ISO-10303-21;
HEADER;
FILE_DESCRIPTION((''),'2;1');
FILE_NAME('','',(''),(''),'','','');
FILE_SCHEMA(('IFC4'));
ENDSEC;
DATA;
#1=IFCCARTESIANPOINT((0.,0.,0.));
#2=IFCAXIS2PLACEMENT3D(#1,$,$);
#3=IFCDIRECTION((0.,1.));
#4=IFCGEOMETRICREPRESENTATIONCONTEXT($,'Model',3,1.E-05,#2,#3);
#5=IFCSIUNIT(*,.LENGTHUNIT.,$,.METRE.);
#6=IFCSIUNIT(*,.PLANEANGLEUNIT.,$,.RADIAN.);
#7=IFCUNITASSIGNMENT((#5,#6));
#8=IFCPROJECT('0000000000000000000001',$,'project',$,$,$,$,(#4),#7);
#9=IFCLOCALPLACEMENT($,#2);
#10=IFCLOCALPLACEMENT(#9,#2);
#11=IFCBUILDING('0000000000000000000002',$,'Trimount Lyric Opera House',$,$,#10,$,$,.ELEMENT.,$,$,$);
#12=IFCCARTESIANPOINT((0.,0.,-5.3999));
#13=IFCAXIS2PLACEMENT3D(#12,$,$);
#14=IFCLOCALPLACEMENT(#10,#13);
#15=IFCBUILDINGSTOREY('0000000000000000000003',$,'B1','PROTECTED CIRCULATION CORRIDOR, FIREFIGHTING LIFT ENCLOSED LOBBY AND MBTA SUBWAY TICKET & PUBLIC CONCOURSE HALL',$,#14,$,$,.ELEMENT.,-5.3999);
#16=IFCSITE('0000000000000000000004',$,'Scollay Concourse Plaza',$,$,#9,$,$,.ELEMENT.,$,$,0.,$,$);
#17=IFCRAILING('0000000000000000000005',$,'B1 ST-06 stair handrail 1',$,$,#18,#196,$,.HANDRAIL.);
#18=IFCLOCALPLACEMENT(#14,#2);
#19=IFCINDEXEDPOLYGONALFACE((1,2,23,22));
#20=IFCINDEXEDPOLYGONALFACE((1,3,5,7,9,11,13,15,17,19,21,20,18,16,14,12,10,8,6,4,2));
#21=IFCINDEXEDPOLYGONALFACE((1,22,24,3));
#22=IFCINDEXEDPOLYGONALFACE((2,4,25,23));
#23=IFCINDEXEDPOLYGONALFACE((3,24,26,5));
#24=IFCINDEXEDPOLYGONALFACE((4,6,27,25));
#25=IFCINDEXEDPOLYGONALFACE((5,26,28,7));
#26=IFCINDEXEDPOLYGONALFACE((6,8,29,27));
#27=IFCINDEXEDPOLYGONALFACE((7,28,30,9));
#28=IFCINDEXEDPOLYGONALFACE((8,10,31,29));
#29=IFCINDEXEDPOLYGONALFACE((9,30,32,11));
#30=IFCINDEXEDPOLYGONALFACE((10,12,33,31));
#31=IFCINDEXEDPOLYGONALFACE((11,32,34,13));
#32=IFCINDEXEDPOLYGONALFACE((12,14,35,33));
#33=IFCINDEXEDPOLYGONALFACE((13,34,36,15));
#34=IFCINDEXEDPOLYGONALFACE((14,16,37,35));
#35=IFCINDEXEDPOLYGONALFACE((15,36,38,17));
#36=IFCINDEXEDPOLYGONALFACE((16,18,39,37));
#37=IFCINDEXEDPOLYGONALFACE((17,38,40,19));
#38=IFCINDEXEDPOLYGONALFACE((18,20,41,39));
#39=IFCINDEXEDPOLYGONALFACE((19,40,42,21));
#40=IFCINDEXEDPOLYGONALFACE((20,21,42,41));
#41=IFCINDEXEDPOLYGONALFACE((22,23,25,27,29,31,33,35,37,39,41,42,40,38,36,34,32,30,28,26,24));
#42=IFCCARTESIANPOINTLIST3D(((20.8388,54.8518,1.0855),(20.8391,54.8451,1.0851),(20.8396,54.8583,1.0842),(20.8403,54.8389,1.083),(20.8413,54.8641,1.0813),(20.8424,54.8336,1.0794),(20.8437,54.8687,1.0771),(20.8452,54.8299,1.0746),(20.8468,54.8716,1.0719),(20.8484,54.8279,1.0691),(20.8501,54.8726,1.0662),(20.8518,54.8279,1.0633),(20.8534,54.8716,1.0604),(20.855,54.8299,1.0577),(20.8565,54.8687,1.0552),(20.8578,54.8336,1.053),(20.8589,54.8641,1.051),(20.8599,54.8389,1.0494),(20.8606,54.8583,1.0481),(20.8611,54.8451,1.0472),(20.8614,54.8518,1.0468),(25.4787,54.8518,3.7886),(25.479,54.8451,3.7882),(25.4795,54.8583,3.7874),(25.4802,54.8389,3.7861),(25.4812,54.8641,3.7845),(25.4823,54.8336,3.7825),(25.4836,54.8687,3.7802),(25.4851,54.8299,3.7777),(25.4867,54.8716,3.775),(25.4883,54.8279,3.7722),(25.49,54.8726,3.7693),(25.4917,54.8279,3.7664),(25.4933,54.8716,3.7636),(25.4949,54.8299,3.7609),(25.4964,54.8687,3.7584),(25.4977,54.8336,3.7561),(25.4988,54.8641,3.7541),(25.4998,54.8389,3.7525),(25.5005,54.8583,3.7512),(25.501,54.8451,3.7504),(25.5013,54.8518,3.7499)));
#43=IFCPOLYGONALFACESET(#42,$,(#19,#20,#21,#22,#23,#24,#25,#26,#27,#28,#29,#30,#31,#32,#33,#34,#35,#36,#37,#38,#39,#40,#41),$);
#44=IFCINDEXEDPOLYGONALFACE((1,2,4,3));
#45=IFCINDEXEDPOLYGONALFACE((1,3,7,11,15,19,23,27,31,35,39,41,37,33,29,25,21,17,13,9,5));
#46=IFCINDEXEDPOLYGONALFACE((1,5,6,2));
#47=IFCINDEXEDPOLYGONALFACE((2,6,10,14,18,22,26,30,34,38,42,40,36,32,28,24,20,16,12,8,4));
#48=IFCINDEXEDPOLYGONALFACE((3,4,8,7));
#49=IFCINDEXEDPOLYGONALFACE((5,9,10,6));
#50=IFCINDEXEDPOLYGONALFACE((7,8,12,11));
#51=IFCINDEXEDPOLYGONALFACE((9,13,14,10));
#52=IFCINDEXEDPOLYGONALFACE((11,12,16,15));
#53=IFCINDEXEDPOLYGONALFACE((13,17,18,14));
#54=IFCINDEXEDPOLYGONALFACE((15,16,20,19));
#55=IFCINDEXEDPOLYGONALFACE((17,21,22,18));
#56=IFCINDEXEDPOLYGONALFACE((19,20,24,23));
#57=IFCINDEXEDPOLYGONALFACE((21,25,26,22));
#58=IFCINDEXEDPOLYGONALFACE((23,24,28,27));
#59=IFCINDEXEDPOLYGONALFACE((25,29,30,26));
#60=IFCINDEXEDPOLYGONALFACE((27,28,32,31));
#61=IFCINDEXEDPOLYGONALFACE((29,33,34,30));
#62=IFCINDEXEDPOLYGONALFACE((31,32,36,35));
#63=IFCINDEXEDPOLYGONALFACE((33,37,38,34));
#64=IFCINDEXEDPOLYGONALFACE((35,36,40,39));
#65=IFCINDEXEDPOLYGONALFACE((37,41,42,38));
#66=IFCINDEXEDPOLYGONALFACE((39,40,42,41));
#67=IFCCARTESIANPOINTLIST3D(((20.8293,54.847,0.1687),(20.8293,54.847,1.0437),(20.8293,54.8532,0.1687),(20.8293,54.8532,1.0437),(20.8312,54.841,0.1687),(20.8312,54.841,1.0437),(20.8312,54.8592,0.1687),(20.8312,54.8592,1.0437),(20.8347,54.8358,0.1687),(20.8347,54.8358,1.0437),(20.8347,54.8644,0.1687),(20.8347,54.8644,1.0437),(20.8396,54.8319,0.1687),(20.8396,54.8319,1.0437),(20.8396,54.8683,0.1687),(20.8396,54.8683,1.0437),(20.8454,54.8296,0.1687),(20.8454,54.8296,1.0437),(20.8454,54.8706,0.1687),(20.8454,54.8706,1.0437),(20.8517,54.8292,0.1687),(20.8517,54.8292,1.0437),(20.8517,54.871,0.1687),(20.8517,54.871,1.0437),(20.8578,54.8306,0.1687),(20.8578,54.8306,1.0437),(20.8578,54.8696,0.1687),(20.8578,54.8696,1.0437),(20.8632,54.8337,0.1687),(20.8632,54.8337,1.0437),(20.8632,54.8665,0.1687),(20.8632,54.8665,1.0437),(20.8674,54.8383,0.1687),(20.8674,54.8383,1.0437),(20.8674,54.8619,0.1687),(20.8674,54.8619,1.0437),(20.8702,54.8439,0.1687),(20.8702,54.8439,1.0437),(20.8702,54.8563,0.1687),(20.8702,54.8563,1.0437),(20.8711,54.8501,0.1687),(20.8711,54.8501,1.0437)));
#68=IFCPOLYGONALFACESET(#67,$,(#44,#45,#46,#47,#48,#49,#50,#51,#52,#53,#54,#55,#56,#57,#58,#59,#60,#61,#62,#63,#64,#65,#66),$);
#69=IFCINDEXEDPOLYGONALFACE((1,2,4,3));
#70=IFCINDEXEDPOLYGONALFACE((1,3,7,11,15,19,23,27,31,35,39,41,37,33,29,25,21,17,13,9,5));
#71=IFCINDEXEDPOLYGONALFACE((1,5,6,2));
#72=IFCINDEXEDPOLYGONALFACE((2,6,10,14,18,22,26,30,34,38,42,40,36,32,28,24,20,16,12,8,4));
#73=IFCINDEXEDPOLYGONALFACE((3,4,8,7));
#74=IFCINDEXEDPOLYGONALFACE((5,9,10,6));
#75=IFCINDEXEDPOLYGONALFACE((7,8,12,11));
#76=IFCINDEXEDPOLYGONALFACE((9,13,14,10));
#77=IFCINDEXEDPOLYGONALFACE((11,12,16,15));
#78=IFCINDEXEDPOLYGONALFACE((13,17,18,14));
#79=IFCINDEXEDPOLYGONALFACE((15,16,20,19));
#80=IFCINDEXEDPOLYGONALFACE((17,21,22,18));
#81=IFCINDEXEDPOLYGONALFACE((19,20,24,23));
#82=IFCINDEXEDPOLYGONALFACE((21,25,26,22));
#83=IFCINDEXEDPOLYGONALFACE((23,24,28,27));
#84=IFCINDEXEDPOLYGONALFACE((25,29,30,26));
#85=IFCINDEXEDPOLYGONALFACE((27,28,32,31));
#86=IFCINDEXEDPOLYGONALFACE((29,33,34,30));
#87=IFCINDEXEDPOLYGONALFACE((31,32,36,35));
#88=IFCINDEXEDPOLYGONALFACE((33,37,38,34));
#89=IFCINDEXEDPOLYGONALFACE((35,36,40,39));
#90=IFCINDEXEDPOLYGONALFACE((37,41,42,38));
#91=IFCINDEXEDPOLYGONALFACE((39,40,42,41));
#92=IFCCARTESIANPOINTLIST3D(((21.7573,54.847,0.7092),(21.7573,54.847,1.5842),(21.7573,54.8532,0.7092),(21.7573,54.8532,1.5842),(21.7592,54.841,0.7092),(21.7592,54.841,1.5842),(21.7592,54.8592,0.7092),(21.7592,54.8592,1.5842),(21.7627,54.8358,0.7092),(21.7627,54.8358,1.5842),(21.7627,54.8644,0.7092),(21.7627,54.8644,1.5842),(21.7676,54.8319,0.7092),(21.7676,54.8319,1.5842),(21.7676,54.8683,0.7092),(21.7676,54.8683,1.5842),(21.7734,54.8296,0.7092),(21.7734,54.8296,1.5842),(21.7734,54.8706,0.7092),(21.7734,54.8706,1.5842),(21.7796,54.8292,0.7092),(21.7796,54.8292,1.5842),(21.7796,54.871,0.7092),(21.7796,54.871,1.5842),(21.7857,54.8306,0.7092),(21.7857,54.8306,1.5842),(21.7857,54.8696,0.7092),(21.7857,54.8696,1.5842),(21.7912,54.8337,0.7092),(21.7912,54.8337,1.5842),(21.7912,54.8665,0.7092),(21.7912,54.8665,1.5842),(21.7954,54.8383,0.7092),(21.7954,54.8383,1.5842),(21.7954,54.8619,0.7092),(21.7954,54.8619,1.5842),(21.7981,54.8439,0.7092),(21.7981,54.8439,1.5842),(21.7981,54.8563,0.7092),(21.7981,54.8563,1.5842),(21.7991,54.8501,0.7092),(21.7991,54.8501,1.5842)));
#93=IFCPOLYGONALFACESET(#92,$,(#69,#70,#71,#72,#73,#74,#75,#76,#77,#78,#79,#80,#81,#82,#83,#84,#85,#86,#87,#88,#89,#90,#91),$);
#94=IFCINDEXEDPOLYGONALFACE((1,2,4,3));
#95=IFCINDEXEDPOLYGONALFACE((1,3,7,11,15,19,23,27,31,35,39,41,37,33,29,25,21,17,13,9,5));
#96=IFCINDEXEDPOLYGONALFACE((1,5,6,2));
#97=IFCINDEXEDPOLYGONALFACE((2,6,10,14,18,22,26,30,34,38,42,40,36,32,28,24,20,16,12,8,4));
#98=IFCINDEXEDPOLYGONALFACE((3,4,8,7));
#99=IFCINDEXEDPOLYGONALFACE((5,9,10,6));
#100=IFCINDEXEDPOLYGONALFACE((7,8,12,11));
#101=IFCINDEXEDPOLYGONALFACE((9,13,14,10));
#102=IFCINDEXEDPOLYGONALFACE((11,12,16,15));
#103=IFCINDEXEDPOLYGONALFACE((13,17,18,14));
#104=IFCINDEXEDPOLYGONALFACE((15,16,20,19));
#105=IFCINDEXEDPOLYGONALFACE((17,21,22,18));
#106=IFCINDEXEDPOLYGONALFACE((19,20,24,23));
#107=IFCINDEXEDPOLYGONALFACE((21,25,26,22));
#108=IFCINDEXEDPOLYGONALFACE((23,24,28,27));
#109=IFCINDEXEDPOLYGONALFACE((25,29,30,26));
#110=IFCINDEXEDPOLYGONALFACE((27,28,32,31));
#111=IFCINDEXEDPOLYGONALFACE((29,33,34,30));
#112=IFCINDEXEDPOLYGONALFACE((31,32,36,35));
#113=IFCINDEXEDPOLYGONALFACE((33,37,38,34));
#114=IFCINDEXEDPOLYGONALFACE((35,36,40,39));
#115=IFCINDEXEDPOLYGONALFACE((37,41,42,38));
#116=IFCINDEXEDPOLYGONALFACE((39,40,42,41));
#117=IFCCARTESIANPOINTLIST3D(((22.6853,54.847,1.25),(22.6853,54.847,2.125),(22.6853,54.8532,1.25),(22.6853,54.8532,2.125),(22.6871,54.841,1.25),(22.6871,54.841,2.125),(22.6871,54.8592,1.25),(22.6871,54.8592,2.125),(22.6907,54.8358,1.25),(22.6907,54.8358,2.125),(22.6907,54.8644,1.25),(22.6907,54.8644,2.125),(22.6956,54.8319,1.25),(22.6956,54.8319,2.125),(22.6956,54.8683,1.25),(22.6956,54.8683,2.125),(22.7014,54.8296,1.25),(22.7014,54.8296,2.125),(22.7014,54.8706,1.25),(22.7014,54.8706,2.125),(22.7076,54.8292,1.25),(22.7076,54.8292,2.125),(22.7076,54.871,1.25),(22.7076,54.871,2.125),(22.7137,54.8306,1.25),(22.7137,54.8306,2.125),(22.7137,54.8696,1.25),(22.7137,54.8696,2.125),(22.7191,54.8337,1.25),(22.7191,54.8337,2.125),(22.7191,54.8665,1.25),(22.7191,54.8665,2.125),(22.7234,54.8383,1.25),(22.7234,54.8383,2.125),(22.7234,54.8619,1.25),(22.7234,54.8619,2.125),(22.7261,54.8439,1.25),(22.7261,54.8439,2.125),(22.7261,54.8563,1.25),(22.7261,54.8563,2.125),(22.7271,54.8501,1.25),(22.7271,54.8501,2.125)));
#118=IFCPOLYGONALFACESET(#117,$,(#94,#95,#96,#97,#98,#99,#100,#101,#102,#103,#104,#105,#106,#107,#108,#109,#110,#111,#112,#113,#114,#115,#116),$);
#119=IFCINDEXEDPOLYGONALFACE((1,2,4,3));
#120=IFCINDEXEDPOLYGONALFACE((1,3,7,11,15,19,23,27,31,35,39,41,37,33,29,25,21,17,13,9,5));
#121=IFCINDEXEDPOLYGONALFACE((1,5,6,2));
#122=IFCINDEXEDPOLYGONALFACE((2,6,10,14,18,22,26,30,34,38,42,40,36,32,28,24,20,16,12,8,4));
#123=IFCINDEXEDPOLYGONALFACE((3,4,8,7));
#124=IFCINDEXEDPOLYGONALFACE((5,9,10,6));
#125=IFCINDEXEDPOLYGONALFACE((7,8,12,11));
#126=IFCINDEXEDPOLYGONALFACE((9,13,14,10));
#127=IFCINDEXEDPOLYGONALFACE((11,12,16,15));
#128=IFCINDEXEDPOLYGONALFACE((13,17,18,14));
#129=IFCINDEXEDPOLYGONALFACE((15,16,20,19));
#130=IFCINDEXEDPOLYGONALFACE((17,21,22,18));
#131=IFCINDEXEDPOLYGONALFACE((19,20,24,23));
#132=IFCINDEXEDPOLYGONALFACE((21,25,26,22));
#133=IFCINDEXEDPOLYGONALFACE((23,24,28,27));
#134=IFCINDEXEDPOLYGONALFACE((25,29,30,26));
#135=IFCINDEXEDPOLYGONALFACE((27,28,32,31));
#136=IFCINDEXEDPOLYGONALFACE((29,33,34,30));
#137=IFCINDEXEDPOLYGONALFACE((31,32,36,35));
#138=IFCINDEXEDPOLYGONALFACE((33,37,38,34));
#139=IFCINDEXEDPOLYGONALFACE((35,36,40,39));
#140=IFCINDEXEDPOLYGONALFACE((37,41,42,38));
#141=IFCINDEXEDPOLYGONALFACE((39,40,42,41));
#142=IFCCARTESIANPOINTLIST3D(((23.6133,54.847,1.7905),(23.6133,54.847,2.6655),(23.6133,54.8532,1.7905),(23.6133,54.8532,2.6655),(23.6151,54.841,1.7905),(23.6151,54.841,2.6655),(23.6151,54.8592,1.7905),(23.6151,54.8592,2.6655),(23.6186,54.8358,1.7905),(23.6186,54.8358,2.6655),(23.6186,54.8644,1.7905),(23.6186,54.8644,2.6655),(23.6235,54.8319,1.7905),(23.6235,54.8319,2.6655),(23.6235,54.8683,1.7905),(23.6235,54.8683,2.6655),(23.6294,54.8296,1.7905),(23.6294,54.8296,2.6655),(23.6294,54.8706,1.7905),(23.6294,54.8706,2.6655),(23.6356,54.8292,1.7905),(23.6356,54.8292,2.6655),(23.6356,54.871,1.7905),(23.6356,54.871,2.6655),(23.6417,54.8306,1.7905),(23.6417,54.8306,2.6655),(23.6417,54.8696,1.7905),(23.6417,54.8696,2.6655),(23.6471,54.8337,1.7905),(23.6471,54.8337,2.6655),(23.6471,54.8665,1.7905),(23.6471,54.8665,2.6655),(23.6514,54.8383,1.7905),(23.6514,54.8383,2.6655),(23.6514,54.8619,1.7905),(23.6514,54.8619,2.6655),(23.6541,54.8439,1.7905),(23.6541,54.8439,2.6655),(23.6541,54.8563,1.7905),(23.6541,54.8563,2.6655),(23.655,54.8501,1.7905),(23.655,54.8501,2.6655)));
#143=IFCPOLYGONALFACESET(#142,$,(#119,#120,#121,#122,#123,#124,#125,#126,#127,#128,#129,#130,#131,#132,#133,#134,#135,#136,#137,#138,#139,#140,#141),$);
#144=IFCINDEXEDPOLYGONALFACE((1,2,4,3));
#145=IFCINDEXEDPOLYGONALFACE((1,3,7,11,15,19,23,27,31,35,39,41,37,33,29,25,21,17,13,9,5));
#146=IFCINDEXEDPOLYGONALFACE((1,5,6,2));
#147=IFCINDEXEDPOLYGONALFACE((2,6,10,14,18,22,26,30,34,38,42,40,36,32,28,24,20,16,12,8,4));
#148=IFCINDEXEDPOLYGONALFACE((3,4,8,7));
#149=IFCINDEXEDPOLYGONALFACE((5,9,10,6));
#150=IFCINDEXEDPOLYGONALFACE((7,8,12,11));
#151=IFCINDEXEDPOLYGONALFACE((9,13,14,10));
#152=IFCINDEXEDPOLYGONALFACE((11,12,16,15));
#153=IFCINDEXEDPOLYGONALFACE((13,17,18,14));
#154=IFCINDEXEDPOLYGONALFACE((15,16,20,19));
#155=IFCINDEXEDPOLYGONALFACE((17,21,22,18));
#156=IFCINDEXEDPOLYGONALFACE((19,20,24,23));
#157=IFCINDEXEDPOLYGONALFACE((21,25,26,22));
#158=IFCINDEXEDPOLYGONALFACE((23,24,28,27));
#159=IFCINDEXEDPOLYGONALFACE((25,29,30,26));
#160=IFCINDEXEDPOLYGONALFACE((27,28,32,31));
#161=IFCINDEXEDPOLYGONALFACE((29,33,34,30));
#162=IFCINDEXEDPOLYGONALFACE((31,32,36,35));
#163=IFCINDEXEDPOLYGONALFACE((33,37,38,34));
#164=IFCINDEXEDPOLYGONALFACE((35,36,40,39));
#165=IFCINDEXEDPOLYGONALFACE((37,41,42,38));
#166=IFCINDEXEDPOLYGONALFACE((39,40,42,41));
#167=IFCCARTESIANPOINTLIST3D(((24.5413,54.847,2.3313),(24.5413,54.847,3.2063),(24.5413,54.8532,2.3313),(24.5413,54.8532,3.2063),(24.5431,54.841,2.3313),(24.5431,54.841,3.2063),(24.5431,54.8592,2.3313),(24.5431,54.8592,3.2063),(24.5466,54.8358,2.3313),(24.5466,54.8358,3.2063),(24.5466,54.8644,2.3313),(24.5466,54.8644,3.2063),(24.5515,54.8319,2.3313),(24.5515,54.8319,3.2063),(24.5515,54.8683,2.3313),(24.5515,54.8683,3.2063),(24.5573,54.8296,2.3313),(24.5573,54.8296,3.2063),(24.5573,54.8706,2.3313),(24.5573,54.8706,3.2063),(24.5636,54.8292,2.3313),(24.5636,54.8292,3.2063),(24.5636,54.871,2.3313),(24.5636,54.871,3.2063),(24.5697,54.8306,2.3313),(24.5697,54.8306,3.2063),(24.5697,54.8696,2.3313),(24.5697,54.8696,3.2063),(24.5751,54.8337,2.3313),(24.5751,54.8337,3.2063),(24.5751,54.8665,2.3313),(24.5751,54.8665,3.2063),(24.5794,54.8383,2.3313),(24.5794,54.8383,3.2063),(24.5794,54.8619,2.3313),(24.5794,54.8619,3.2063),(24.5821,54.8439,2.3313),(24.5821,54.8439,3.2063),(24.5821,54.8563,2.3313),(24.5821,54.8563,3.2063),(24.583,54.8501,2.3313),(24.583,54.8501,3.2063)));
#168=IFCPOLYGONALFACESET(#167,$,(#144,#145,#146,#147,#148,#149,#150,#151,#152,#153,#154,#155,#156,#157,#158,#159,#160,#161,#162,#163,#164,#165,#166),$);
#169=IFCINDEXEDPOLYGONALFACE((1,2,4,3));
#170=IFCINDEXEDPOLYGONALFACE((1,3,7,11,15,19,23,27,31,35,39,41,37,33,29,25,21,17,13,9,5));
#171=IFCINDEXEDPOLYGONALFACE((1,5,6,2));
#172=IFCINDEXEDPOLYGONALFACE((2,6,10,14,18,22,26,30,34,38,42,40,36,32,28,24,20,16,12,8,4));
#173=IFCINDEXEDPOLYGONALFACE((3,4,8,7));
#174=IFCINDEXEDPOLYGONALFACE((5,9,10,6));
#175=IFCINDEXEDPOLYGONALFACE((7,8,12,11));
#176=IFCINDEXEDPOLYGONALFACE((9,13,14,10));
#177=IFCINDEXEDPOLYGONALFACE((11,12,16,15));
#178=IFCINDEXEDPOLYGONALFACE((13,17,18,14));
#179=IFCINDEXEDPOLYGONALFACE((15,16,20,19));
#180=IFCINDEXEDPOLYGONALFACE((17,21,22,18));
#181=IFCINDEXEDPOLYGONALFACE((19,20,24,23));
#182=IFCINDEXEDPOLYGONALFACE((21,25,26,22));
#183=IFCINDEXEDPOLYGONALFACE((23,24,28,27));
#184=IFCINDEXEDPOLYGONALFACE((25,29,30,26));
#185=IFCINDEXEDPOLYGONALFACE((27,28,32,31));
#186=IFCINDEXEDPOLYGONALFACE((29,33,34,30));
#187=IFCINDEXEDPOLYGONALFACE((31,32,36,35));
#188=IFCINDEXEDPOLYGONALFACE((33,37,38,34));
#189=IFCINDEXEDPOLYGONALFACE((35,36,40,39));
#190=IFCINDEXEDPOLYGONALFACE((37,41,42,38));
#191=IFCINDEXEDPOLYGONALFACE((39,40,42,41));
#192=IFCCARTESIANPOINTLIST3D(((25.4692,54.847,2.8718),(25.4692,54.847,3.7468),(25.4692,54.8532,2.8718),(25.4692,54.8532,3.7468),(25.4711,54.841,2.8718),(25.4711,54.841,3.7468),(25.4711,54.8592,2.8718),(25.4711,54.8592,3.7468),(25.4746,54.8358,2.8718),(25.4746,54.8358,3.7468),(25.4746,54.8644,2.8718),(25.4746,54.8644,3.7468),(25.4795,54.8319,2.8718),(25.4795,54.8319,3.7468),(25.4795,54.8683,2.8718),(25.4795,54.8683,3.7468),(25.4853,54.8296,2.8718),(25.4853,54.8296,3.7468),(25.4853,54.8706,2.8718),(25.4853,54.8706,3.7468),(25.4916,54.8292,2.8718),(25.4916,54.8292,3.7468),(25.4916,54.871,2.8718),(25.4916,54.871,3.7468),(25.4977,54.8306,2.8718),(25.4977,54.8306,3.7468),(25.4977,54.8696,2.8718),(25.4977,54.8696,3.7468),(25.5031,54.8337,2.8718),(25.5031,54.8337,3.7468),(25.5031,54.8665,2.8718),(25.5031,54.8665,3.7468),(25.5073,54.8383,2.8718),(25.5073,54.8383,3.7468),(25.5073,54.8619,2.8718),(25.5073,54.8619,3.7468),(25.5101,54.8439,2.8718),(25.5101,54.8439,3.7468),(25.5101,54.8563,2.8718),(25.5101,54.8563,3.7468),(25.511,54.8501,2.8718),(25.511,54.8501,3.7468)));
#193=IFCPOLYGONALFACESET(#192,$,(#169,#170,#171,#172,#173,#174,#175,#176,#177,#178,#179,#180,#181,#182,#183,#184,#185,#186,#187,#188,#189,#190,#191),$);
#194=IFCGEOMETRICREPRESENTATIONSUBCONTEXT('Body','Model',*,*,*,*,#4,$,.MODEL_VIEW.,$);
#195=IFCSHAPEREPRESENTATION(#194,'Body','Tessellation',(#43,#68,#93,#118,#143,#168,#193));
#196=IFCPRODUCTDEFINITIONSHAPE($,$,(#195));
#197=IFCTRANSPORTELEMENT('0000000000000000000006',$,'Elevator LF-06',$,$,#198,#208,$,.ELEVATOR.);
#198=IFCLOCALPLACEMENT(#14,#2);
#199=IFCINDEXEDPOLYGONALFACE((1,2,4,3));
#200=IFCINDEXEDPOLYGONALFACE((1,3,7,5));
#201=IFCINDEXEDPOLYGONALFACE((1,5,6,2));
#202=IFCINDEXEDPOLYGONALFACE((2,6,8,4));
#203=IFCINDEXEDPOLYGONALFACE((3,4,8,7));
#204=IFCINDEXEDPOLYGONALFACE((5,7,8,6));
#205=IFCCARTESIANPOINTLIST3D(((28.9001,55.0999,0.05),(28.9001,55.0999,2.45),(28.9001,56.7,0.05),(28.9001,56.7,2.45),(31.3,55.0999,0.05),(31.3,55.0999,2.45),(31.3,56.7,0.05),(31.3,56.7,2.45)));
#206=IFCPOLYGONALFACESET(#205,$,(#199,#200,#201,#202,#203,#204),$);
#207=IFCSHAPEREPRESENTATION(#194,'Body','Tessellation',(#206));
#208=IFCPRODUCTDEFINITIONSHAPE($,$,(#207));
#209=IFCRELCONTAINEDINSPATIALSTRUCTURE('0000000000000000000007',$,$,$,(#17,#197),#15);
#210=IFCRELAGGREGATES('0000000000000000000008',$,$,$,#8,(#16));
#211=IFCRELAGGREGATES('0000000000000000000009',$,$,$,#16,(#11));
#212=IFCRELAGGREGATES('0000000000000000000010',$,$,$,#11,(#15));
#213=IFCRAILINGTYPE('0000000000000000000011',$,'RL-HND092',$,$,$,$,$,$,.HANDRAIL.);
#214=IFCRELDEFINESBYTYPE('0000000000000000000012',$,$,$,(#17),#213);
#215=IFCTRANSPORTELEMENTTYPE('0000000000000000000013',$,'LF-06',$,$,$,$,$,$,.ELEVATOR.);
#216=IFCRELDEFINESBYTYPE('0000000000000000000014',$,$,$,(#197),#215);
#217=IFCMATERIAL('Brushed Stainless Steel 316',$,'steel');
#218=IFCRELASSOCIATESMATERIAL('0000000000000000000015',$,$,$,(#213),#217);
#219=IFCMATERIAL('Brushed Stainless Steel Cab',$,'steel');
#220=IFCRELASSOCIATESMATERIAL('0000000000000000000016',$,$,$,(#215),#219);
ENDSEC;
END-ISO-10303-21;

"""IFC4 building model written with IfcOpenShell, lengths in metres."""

from ifc_helpers import new_model, si_unit, direction, frame, origin, origin_2d, place, context, subcontext, project, spatial, rectangle, circle, extrude, material, type_object, element, save


model = new_model("IFC4")

# Units and contexts
model_context = context("Model", 3, precision=1e-05, world=origin(), true_north=direction((0.0, 1.0)))
body_context = subcontext(model_context, "Body", "Model", "MODEL_VIEW")
ifc_project = project(units=[si_unit("LENGTHUNIT", "METRE"), si_unit("PLANEANGLEUNIT", "RADIAN")], contexts=[model_context])

# Site, building, storey
site_placement = place(None, origin())
site = spatial("IfcSite", under=ifc_project, at=site_placement, Name="Scollay Concourse Plaza", CompositionType="ELEMENT", RefElevation=0.0)
building_placement = place(site_placement, origin())
building = spatial("IfcBuilding", under=site, at=building_placement, Name="Trimount Lyric Opera House", CompositionType="ELEMENT")
storey_placement = place(building_placement, frame((0.0, 0.0, -5.3999)))
storey = spatial("IfcBuildingStorey", under=building, at=storey_placement, Name="B1", Description="PROTECTED CIRCULATION CORRIDOR, FIREFIGHTING LIFT ENCLOSED LOBBY AND MBTA SUBWAY TICKET & PUBLIC CONCOURSE HALL", CompositionType="ELEMENT", Elevation=-5.3999)

# Railing
ifc_material_1 = material(Name="Brushed Stainless Steel 316", Category="steel")
railing_type_1 = type_object("IfcRailingType", Name="RL-HND092", PredefinedType="HANDRAIL", material=ifc_material_1)
railing_1_placement = place(storey_placement, frame((20.8501, 54.8501, 0.1687)))
element("IfcRailing", 1, at=railing_1_placement, inside=storey, type_object=railing_type_1, Name="B1 ST-06 stair handrail 1", PredefinedType="HANDRAIL", context=body_context, shape_type="SweptSolid", body=[
    extrude(circle(Radius=0.0225, at=origin_2d()), frame((0.0, 0.0, 0.8975), z_axis=(0.864061, 0.0, 0.503388), x_axis=(0.0, 1.0, 0.0)), (0.0, 0.0, 1.0), 5.3699),
    extrude(circle(Radius=0.021, at=origin_2d()), origin(), (0.0, 0.0, 1.0), 0.875),
    extrude(circle(Radius=0.021, at=origin_2d()), frame((0.928, 0.0, 0.5405)), (0.0, 0.0, 1.0), 0.875),
    extrude(circle(Radius=0.021, at=origin_2d()), frame((1.856, 0.0, 1.0813)), (0.0, 0.0, 1.0), 0.875),
    extrude(circle(Radius=0.021, at=origin_2d()), frame((2.7839, 0.0, 1.6218)), (0.0, 0.0, 1.0), 0.875),
    extrude(circle(Radius=0.021, at=origin_2d()), frame((3.7119, 0.0, 2.1626)), (0.0, 0.0, 1.0), 0.875),
    extrude(circle(Radius=0.021, at=origin_2d()), frame((4.6399, 0.0, 2.7031)), (0.0, 0.0, 1.0), 0.875),
])

# Transport element
ifc_material_2 = material(Name="Brushed Stainless Steel Cab", Category="steel")
transport_element_type = type_object("IfcTransportElementType", Name="LF-06", PredefinedType="ELEVATOR", material=ifc_material_2)
transport_element_placement = place(storey_placement, frame((30.1001, 55.8999, 0.05), z_axis=(0.0, 0.0, 1.0), x_axis=(1.0, 0.0, 0.0)))
element("IfcTransportElement", 2, at=transport_element_placement, inside=storey, type_object=transport_element_type, Name="Elevator LF-06", PredefinedType="ELEVATOR", context=body_context, shape_type="SweptSolid", body=[
    extrude(rectangle(XDim=2.3999, YDim=1.6001, at=origin_2d()), origin(), (0.0, 0.0, 1.0), 2.3999),
])

save(model, "model.ifc")
